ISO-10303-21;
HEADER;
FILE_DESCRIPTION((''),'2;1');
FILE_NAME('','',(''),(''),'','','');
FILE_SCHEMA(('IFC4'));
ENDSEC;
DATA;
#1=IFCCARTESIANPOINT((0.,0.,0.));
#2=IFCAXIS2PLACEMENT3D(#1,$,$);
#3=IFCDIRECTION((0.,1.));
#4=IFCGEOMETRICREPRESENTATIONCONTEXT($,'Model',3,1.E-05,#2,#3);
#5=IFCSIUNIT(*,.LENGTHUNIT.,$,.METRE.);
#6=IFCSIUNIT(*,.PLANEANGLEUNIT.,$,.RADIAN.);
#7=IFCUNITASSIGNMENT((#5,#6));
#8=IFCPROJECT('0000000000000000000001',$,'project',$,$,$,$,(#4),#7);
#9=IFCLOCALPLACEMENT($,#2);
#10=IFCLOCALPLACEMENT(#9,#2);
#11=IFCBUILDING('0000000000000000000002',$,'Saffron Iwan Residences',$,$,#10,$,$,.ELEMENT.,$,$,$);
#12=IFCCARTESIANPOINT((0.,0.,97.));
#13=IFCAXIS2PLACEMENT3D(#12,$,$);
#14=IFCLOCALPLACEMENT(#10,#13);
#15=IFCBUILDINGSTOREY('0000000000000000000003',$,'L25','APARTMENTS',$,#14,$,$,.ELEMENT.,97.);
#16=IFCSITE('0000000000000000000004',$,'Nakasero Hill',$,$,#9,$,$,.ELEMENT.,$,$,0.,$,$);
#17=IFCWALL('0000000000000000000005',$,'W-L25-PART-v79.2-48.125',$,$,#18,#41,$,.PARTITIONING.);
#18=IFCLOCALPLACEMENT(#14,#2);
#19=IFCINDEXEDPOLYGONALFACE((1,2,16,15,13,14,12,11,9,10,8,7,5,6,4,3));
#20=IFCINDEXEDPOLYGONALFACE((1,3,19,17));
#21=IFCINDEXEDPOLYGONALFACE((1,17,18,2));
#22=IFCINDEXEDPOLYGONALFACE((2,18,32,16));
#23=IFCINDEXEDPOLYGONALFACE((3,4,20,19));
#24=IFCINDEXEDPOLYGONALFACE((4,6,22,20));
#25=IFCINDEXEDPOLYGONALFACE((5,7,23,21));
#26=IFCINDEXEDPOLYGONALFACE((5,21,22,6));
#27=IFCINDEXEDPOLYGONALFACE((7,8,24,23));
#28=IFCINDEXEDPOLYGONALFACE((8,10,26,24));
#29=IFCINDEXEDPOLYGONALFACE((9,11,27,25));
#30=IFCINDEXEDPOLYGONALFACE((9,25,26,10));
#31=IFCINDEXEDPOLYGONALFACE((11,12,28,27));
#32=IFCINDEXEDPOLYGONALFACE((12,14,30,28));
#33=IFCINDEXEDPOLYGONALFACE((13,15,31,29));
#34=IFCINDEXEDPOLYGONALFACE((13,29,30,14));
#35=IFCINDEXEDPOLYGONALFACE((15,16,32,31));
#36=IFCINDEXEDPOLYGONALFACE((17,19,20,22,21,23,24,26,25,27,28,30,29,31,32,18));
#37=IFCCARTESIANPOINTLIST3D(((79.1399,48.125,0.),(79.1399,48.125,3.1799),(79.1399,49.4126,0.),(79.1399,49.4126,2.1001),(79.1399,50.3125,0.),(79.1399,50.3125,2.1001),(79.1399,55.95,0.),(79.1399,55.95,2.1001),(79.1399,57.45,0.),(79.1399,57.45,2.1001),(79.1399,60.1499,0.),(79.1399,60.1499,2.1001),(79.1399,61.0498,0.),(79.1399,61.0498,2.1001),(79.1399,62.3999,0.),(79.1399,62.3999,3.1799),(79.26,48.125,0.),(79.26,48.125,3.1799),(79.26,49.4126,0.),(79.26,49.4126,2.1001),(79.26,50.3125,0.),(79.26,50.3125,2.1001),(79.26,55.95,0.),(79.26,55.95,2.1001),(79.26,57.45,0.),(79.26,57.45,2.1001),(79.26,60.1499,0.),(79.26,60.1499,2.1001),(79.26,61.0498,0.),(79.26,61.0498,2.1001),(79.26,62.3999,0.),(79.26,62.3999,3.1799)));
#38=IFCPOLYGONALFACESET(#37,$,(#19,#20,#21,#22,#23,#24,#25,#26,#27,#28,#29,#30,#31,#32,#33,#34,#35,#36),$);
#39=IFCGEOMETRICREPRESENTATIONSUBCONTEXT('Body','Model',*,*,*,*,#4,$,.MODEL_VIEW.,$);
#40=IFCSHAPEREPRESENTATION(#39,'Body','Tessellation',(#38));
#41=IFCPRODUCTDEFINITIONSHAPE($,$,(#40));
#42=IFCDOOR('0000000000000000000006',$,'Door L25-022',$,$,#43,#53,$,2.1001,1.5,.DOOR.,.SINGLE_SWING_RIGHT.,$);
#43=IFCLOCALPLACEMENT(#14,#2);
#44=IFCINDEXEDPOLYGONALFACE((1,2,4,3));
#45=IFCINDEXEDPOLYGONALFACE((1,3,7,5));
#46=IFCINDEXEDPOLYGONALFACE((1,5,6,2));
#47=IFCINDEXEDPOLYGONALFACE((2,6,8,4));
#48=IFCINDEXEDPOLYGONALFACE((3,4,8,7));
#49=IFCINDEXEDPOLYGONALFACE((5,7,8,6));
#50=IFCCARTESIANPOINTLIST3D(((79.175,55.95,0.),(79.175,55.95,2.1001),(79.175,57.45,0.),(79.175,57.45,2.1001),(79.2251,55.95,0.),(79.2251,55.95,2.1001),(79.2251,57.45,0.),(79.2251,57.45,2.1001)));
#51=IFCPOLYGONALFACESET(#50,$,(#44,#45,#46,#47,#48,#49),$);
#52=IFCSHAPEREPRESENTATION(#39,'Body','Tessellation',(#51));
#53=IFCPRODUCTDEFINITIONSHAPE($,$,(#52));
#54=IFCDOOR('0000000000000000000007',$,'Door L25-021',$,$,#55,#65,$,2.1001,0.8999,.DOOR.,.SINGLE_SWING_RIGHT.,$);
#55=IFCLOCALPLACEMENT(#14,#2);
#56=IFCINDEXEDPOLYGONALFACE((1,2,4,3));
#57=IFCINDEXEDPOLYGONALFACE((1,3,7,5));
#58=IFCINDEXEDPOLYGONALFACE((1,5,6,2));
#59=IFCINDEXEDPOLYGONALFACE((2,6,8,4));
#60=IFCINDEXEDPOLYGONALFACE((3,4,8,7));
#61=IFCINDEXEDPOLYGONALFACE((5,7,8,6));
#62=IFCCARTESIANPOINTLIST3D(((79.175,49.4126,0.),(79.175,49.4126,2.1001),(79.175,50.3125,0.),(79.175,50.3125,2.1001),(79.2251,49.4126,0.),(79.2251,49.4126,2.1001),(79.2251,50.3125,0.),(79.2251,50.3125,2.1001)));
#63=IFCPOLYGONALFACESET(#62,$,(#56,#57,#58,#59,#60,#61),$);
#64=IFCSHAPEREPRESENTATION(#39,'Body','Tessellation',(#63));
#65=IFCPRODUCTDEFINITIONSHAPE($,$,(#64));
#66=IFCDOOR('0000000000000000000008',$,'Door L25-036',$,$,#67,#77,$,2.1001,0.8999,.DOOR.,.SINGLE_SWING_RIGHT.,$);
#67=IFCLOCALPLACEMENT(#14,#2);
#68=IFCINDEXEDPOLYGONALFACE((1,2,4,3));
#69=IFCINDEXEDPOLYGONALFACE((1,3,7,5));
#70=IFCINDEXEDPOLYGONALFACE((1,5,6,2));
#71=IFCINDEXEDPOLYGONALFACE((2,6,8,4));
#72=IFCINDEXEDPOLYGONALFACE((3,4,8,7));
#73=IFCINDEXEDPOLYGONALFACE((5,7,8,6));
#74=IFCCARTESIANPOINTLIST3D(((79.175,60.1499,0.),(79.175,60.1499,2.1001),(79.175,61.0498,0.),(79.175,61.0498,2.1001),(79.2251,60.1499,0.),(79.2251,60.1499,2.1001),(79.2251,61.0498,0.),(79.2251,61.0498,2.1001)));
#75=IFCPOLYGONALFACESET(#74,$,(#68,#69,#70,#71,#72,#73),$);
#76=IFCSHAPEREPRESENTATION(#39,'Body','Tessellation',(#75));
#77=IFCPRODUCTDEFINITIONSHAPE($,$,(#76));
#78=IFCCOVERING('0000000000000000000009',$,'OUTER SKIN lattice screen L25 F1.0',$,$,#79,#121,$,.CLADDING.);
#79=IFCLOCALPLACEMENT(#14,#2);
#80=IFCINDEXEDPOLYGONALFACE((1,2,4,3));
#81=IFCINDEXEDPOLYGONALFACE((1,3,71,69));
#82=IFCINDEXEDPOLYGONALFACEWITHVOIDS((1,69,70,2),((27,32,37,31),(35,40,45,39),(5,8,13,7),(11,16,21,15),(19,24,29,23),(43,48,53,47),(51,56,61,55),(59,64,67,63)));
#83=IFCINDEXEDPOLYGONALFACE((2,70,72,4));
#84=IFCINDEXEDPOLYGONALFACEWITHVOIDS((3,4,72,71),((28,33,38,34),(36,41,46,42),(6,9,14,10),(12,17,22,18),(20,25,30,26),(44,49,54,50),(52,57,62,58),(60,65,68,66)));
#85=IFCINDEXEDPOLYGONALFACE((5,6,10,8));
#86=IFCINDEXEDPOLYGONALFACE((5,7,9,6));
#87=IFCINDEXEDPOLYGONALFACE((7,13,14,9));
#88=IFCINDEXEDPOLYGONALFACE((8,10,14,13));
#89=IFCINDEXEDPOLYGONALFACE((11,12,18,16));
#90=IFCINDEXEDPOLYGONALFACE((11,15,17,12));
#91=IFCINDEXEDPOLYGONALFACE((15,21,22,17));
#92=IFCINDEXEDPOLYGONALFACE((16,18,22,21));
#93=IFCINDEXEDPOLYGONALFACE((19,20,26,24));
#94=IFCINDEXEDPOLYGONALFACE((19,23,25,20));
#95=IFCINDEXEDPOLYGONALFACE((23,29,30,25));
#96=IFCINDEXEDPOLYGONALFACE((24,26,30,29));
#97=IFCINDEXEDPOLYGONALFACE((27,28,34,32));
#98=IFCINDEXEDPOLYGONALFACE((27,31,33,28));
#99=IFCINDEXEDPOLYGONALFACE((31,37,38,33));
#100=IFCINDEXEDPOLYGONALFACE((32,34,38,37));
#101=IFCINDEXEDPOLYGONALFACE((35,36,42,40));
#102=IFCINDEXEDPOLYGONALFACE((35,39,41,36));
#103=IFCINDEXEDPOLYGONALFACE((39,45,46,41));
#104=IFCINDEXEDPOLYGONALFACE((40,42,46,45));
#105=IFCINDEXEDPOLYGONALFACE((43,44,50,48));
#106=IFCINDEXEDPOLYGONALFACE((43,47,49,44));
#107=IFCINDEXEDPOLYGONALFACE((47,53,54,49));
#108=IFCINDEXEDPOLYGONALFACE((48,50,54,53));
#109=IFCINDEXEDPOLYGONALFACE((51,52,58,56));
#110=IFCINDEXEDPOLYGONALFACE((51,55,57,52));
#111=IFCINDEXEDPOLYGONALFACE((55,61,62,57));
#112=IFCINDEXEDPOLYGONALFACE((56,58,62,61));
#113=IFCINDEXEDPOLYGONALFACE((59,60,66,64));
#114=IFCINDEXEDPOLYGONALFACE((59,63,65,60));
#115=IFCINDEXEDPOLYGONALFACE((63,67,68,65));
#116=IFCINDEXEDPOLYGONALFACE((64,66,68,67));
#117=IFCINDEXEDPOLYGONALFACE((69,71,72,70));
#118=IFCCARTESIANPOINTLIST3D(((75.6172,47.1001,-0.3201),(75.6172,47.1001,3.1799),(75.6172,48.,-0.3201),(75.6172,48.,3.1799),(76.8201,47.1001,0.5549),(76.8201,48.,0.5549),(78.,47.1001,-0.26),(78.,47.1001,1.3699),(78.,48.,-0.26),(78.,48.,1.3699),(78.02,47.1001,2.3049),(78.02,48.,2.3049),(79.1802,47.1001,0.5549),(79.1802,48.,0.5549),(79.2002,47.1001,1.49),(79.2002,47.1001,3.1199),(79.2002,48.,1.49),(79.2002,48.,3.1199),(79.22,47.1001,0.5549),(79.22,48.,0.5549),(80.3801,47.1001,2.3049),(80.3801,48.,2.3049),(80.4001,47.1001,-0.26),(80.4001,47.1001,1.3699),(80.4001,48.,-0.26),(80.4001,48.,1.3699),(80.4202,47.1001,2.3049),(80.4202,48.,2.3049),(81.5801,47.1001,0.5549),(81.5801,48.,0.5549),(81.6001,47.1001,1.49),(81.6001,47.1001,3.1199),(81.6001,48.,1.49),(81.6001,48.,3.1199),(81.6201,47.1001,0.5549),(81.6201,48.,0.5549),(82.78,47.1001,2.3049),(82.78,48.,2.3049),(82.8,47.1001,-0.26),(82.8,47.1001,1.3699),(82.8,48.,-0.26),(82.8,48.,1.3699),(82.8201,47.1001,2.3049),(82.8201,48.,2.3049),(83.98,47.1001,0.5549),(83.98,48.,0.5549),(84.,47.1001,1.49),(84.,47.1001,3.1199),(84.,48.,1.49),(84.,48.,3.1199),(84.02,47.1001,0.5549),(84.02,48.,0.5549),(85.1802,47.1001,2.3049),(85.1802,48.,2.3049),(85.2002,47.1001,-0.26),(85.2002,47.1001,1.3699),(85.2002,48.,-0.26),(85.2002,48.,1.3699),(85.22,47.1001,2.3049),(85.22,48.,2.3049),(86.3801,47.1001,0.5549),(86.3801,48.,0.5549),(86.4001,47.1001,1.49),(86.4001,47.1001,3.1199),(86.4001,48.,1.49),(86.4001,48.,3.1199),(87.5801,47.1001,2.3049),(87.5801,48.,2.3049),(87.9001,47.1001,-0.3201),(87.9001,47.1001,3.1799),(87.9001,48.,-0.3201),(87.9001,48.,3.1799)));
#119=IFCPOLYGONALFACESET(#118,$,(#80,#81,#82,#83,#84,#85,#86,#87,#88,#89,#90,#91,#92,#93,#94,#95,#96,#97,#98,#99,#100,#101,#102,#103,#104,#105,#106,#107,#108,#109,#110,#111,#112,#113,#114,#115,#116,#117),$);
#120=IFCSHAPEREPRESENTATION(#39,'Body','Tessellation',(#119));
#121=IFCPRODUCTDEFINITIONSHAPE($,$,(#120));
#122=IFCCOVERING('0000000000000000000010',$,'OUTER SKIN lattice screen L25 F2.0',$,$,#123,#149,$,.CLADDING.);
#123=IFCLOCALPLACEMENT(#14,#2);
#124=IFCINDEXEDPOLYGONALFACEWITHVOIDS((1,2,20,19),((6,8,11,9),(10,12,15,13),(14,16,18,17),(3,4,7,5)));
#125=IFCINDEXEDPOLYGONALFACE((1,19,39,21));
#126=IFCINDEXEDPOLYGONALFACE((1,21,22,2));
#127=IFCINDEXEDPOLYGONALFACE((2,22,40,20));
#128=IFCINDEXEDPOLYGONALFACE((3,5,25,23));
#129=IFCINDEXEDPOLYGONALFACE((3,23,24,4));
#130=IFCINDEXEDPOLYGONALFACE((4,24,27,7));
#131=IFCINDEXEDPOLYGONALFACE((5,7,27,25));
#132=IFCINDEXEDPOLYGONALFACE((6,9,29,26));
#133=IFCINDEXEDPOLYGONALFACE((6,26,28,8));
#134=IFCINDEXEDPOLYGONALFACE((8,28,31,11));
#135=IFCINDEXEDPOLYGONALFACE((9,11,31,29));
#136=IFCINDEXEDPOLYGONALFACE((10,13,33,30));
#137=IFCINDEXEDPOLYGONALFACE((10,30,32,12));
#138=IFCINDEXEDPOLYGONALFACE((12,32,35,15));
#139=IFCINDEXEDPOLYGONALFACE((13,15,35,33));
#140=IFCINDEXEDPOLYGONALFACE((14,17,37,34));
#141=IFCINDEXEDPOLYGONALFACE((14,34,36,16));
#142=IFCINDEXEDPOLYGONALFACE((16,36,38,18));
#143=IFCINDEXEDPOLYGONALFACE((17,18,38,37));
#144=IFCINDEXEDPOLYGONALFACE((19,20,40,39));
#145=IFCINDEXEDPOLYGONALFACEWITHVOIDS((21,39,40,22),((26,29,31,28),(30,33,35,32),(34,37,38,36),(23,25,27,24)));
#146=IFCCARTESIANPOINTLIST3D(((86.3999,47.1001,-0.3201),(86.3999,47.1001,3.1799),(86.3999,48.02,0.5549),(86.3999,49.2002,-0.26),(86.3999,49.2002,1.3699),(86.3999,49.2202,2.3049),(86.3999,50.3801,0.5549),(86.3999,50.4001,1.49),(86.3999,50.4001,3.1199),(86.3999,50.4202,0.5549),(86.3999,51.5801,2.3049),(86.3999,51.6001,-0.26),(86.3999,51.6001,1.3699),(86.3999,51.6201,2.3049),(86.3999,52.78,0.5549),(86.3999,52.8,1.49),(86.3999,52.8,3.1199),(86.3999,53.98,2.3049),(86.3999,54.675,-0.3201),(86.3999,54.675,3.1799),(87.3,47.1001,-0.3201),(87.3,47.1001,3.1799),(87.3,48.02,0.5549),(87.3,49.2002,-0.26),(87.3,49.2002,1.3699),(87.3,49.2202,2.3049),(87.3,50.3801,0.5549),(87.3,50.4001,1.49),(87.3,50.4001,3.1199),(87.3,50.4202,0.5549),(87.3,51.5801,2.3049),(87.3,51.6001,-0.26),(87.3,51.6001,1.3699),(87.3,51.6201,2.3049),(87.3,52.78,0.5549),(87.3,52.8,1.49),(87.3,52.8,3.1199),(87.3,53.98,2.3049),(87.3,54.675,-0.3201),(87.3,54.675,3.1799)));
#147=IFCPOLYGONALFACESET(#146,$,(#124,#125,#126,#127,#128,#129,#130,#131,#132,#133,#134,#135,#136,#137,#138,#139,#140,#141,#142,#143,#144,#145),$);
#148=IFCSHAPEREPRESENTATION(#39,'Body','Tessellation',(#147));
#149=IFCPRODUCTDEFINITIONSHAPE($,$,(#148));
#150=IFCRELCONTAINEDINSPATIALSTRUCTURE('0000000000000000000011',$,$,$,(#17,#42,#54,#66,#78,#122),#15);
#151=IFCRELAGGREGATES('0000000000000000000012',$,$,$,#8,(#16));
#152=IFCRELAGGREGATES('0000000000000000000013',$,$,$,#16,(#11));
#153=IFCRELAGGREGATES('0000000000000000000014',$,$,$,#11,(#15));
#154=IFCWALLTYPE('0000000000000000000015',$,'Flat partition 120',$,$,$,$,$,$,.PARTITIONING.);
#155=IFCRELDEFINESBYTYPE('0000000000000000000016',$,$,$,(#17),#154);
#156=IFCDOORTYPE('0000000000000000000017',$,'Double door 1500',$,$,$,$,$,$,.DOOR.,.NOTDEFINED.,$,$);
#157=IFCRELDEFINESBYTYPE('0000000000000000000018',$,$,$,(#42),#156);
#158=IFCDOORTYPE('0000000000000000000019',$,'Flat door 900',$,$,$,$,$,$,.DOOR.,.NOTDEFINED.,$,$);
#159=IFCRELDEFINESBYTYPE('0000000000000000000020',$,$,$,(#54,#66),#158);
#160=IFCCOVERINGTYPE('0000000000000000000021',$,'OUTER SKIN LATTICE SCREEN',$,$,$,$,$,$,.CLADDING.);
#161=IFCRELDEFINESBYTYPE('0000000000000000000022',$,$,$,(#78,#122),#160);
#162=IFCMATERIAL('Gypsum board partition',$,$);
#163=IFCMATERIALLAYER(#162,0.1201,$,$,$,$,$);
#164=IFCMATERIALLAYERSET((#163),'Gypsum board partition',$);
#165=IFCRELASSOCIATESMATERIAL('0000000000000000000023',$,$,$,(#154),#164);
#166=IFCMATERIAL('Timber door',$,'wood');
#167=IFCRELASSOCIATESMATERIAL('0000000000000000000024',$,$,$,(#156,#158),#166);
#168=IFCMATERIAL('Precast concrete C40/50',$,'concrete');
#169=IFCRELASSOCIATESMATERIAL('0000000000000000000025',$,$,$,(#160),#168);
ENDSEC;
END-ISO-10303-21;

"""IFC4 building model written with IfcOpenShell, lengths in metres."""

from ifc_helpers import new_model, si_unit, direction, frame, frame_2d, origin, place, context, subcontext, project, spatial, polyline, rectangle, outline, extrude, material, layer, layer_set, type_object, element, fill, save


model = new_model("IFC4")

# Units and contexts
model_context = context("Model", 3, precision=1e-05, world=origin(), true_north=direction((0.0, 1.0)))
body_context = subcontext(model_context, "Body", "Model", "MODEL_VIEW")
ifc_project = project(units=[si_unit("LENGTHUNIT", "METRE"), si_unit("PLANEANGLEUNIT", "RADIAN")], contexts=[model_context])

# Site, building, storey
site_placement = place(None, origin())
site = spatial("IfcSite", under=ifc_project, at=site_placement, Name="Nakasero Hill", CompositionType="ELEMENT", RefElevation=0.0)
building_placement = place(site_placement, origin())
building = spatial("IfcBuilding", under=site, at=building_placement, Name="Saffron Iwan Residences", CompositionType="ELEMENT")
storey_placement = place(building_placement, frame((0.0, 0.0, 97.0)))
storey = spatial("IfcBuildingStorey", under=building, at=storey_placement, Name="L25", Description="APARTMENTS", CompositionType="ELEMENT", Elevation=97.0)

# Shared definitions
ifc_material_1 = material(Name="Gypsum board partition")
ifc_layer_1 = layer(ifc_material_1, 0.1201)
ifc_layer_set_1 = layer_set([ifc_layer_1], Name="Gypsum board partition")
wall_type_1 = type_object("IfcWallType", Name="Flat partition 120", PredefinedType="PARTITIONING", material=ifc_layer_set_1)

# Wall, openings, doors
wall_1_placement = place(storey_placement, frame((79.2, 48.125, 0.0), z_axis=(0.0, 0.0, 1.0), x_axis=(0.0, 1.0, 0.0)))
wall_1 = element("IfcWall", 1, at=wall_1_placement, inside=storey, type_object=wall_type_1, Name="W-L25-PART-v79.2-48.125", PredefinedType="PARTITIONING", context=body_context, shape_type="SweptSolid", body=[
    extrude(rectangle(XDim=14.2749, YDim=0.1201, at=frame_2d((7.1375, 0.0))), origin(), (0.0, 0.0, 1.0), 3.1799),
])
opening_1_placement = place(wall_1_placement, frame((1.2876, 0.0, 0.0)))
opening_1 = element("IfcOpeningElement", 2, at=opening_1_placement, cuts=wall_1, PredefinedType="OPENING", context=body_context, shape_type="SweptSolid", body=[
    extrude(rectangle(XDim=0.8999, YDim=2.1001, at=frame_2d((0.45, 1.05))), frame((0.0, 0.0701, 0.0), z_axis=(0.0, -1.0, 0.0), x_axis=(1.0, 0.0, 0.0)), (0.0, 0.0, 1.0), 0.1401),
])
opening_2_placement = place(wall_1_placement, frame((7.825, 0.0, 0.0)))
opening_2 = element("IfcOpeningElement", 3, at=opening_2_placement, cuts=wall_1, PredefinedType="OPENING", context=body_context, shape_type="SweptSolid", body=[
    extrude(rectangle(XDim=1.5, YDim=2.1001, at=frame_2d((0.75, 1.05))), frame((0.0, 0.0701, 0.0), z_axis=(0.0, -1.0, 0.0), x_axis=(1.0, 0.0, 0.0)), (0.0, 0.0, 1.0), 0.1401),
])
opening_3_placement = place(wall_1_placement, frame((12.0249, 0.0, 0.0)))
opening_3 = element("IfcOpeningElement", 4, at=opening_3_placement, cuts=wall_1, PredefinedType="OPENING", context=body_context, shape_type="SweptSolid", body=[
    extrude(rectangle(XDim=0.8999, YDim=2.1001, at=frame_2d((0.45, 1.05))), frame((0.0, 0.0701, 0.0), z_axis=(0.0, -1.0, 0.0), x_axis=(1.0, 0.0, 0.0)), (0.0, 0.0, 1.0), 0.1401),
])
ifc_material_2 = material(Name="Timber door", Category="wood")
door_type_1 = type_object("IfcDoorType", Name="Double door 1500", OperationType="NOTDEFINED", PredefinedType="DOOR", material=ifc_material_2)
door_1_placement = place(opening_2_placement, origin())
door_1 = element("IfcDoor", 5, at=door_1_placement, inside=storey, type_object=door_type_1, Name="Door L25-022", OperationType="SINGLE_SWING_RIGHT", OverallHeight=2.1001, OverallWidth=1.5, PredefinedType="DOOR", context=body_context, shape_type="SweptSolid", body=[
    extrude(rectangle(XDim=1.5, YDim=2.1001, at=frame_2d((0.75, 1.05))), frame((0.0, 0.0249, 0.0), z_axis=(0.0, -1.0, 0.0), x_axis=(1.0, 0.0, 0.0)), (0.0, 0.0, 1.0), 0.05),
])
fill(opening_2, door_1)
door_type_2 = type_object("IfcDoorType", Name="Flat door 900", OperationType="NOTDEFINED", PredefinedType="DOOR", material=ifc_material_2)
door_2_placement = place(opening_1_placement, origin())
door_2 = element("IfcDoor", 6, at=door_2_placement, inside=storey, type_object=door_type_2, Name="Door L25-021", OperationType="SINGLE_SWING_RIGHT", OverallHeight=2.1001, OverallWidth=0.8999, PredefinedType="DOOR", context=body_context, shape_type="SweptSolid", body=[
    extrude(rectangle(XDim=0.8999, YDim=2.1001, at=frame_2d((0.45, 1.05))), frame((0.0, 0.0249, 0.0), z_axis=(0.0, -1.0, 0.0), x_axis=(1.0, 0.0, 0.0)), (0.0, 0.0, 1.0), 0.05),
])
fill(opening_1, door_2)
door_3_placement = place(opening_3_placement, origin())
door_3 = element("IfcDoor", 7, at=door_3_placement, inside=storey, type_object=door_type_2, Name="Door L25-036", OperationType="SINGLE_SWING_RIGHT", OverallHeight=2.1001, OverallWidth=0.8999, PredefinedType="DOOR", context=body_context, shape_type="SweptSolid", body=[
    extrude(rectangle(XDim=0.8999, YDim=2.1001, at=frame_2d((0.45, 1.05))), frame((0.0, 0.0249, 0.0), z_axis=(0.0, -1.0, 0.0), x_axis=(1.0, 0.0, 0.0)), (0.0, 0.0, 1.0), 0.05),
])
fill(opening_3, door_3)

# Coverings
ifc_material_3 = material(Name="Precast concrete C40/50", Category="concrete")
covering_type = type_object("IfcCoveringType", Name="OUTER SKIN LATTICE SCREEN", PredefinedType="CLADDING", material=ifc_material_3)
covering_1_placement = place(storey_placement, frame((75.6172, 48.0, -0.3201), z_axis=(0.0, -1.0, 0.0), x_axis=(1.0, 0.0, 0.0)))
element("IfcCovering", 8, at=covering_1_placement, inside=storey, type_object=covering_type, Name="OUTER SKIN lattice screen L25 F1.0", PredefinedType="CLADDING", context=body_context, shape_type="SweptSolid", body=[
    extrude(outline(polyline([(0.0, 0.0), (12.283, 0.0), (12.283, 3.5), (0.0, 3.5), (0.0, 0.0)]), holes=[polyline([(1.2029, 0.875), (2.3828, 0.0601), (3.563, 0.875), (2.3828, 1.6899), (1.2029, 0.875)]), polyline([(3.6028, 0.875), (4.783, 0.0601), (5.9629, 0.875), (4.783, 1.6899), (3.6028, 0.875)]), polyline([(6.0029, 0.875), (7.1829, 0.0601), (8.3628, 0.875), (7.1829, 1.6899), (6.0029, 0.875)]), polyline([(8.4028, 0.875), (9.583, 0.0601), (10.7629, 0.875), (9.583, 1.6899), (8.4028, 0.875)]), polyline([(2.4028, 2.625), (3.583, 1.8101), (4.7629, 2.625), (3.583, 3.4399), (2.4028, 2.625)]), polyline([(4.803, 2.625), (5.9829, 1.8101), (7.1628, 2.625), (5.9829, 3.4399), (4.803, 2.625)]), polyline([(7.2029, 2.625), (8.3828, 1.8101), (9.563, 2.625), (8.3828, 3.4399), (7.2029, 2.625)]), polyline([(9.6028, 2.625), (10.783, 1.8101), (11.9629, 2.625), (10.783, 3.4399), (9.6028, 2.625)])]), origin(), (0.0, 0.0, 1.0), 0.8999),
])
covering_2_placement = place(storey_placement, frame((86.3999, 47.1001, -0.3201), z_axis=(1.0, 0.0, 0.0), x_axis=(0.0, 1.0, 0.0)))
element("IfcCovering", 9, at=covering_2_placement, inside=storey, type_object=covering_type, Name="OUTER SKIN lattice screen L25 F2.0", PredefinedType="CLADDING", context=body_context, shape_type="SweptSolid", body=[
    extrude(outline(polyline([(0.0, 0.0), (7.575, 0.0), (7.575, 3.5), (0.0, 3.5), (0.0, 0.0)]), holes=[polyline([(0.9199, 0.875), (2.1001, 0.0601), (3.28, 0.875), (2.1001, 1.6899), (0.9199, 0.875)]), polyline([(3.3201, 0.875), (4.5, 0.0601), (5.6799, 0.875), (4.5, 1.6899), (3.3201, 0.875)]), polyline([(2.1201, 2.625), (3.3, 1.8101), (4.48, 2.625), (3.3, 3.4399), (2.1201, 2.625)]), polyline([(4.52, 2.625), (5.7, 1.8101), (6.8799, 2.625), (5.7, 3.4399), (4.52, 2.625)])]), origin(), (0.0, 0.0, 1.0), 0.9001),
])

save(model, "model.ifc")
